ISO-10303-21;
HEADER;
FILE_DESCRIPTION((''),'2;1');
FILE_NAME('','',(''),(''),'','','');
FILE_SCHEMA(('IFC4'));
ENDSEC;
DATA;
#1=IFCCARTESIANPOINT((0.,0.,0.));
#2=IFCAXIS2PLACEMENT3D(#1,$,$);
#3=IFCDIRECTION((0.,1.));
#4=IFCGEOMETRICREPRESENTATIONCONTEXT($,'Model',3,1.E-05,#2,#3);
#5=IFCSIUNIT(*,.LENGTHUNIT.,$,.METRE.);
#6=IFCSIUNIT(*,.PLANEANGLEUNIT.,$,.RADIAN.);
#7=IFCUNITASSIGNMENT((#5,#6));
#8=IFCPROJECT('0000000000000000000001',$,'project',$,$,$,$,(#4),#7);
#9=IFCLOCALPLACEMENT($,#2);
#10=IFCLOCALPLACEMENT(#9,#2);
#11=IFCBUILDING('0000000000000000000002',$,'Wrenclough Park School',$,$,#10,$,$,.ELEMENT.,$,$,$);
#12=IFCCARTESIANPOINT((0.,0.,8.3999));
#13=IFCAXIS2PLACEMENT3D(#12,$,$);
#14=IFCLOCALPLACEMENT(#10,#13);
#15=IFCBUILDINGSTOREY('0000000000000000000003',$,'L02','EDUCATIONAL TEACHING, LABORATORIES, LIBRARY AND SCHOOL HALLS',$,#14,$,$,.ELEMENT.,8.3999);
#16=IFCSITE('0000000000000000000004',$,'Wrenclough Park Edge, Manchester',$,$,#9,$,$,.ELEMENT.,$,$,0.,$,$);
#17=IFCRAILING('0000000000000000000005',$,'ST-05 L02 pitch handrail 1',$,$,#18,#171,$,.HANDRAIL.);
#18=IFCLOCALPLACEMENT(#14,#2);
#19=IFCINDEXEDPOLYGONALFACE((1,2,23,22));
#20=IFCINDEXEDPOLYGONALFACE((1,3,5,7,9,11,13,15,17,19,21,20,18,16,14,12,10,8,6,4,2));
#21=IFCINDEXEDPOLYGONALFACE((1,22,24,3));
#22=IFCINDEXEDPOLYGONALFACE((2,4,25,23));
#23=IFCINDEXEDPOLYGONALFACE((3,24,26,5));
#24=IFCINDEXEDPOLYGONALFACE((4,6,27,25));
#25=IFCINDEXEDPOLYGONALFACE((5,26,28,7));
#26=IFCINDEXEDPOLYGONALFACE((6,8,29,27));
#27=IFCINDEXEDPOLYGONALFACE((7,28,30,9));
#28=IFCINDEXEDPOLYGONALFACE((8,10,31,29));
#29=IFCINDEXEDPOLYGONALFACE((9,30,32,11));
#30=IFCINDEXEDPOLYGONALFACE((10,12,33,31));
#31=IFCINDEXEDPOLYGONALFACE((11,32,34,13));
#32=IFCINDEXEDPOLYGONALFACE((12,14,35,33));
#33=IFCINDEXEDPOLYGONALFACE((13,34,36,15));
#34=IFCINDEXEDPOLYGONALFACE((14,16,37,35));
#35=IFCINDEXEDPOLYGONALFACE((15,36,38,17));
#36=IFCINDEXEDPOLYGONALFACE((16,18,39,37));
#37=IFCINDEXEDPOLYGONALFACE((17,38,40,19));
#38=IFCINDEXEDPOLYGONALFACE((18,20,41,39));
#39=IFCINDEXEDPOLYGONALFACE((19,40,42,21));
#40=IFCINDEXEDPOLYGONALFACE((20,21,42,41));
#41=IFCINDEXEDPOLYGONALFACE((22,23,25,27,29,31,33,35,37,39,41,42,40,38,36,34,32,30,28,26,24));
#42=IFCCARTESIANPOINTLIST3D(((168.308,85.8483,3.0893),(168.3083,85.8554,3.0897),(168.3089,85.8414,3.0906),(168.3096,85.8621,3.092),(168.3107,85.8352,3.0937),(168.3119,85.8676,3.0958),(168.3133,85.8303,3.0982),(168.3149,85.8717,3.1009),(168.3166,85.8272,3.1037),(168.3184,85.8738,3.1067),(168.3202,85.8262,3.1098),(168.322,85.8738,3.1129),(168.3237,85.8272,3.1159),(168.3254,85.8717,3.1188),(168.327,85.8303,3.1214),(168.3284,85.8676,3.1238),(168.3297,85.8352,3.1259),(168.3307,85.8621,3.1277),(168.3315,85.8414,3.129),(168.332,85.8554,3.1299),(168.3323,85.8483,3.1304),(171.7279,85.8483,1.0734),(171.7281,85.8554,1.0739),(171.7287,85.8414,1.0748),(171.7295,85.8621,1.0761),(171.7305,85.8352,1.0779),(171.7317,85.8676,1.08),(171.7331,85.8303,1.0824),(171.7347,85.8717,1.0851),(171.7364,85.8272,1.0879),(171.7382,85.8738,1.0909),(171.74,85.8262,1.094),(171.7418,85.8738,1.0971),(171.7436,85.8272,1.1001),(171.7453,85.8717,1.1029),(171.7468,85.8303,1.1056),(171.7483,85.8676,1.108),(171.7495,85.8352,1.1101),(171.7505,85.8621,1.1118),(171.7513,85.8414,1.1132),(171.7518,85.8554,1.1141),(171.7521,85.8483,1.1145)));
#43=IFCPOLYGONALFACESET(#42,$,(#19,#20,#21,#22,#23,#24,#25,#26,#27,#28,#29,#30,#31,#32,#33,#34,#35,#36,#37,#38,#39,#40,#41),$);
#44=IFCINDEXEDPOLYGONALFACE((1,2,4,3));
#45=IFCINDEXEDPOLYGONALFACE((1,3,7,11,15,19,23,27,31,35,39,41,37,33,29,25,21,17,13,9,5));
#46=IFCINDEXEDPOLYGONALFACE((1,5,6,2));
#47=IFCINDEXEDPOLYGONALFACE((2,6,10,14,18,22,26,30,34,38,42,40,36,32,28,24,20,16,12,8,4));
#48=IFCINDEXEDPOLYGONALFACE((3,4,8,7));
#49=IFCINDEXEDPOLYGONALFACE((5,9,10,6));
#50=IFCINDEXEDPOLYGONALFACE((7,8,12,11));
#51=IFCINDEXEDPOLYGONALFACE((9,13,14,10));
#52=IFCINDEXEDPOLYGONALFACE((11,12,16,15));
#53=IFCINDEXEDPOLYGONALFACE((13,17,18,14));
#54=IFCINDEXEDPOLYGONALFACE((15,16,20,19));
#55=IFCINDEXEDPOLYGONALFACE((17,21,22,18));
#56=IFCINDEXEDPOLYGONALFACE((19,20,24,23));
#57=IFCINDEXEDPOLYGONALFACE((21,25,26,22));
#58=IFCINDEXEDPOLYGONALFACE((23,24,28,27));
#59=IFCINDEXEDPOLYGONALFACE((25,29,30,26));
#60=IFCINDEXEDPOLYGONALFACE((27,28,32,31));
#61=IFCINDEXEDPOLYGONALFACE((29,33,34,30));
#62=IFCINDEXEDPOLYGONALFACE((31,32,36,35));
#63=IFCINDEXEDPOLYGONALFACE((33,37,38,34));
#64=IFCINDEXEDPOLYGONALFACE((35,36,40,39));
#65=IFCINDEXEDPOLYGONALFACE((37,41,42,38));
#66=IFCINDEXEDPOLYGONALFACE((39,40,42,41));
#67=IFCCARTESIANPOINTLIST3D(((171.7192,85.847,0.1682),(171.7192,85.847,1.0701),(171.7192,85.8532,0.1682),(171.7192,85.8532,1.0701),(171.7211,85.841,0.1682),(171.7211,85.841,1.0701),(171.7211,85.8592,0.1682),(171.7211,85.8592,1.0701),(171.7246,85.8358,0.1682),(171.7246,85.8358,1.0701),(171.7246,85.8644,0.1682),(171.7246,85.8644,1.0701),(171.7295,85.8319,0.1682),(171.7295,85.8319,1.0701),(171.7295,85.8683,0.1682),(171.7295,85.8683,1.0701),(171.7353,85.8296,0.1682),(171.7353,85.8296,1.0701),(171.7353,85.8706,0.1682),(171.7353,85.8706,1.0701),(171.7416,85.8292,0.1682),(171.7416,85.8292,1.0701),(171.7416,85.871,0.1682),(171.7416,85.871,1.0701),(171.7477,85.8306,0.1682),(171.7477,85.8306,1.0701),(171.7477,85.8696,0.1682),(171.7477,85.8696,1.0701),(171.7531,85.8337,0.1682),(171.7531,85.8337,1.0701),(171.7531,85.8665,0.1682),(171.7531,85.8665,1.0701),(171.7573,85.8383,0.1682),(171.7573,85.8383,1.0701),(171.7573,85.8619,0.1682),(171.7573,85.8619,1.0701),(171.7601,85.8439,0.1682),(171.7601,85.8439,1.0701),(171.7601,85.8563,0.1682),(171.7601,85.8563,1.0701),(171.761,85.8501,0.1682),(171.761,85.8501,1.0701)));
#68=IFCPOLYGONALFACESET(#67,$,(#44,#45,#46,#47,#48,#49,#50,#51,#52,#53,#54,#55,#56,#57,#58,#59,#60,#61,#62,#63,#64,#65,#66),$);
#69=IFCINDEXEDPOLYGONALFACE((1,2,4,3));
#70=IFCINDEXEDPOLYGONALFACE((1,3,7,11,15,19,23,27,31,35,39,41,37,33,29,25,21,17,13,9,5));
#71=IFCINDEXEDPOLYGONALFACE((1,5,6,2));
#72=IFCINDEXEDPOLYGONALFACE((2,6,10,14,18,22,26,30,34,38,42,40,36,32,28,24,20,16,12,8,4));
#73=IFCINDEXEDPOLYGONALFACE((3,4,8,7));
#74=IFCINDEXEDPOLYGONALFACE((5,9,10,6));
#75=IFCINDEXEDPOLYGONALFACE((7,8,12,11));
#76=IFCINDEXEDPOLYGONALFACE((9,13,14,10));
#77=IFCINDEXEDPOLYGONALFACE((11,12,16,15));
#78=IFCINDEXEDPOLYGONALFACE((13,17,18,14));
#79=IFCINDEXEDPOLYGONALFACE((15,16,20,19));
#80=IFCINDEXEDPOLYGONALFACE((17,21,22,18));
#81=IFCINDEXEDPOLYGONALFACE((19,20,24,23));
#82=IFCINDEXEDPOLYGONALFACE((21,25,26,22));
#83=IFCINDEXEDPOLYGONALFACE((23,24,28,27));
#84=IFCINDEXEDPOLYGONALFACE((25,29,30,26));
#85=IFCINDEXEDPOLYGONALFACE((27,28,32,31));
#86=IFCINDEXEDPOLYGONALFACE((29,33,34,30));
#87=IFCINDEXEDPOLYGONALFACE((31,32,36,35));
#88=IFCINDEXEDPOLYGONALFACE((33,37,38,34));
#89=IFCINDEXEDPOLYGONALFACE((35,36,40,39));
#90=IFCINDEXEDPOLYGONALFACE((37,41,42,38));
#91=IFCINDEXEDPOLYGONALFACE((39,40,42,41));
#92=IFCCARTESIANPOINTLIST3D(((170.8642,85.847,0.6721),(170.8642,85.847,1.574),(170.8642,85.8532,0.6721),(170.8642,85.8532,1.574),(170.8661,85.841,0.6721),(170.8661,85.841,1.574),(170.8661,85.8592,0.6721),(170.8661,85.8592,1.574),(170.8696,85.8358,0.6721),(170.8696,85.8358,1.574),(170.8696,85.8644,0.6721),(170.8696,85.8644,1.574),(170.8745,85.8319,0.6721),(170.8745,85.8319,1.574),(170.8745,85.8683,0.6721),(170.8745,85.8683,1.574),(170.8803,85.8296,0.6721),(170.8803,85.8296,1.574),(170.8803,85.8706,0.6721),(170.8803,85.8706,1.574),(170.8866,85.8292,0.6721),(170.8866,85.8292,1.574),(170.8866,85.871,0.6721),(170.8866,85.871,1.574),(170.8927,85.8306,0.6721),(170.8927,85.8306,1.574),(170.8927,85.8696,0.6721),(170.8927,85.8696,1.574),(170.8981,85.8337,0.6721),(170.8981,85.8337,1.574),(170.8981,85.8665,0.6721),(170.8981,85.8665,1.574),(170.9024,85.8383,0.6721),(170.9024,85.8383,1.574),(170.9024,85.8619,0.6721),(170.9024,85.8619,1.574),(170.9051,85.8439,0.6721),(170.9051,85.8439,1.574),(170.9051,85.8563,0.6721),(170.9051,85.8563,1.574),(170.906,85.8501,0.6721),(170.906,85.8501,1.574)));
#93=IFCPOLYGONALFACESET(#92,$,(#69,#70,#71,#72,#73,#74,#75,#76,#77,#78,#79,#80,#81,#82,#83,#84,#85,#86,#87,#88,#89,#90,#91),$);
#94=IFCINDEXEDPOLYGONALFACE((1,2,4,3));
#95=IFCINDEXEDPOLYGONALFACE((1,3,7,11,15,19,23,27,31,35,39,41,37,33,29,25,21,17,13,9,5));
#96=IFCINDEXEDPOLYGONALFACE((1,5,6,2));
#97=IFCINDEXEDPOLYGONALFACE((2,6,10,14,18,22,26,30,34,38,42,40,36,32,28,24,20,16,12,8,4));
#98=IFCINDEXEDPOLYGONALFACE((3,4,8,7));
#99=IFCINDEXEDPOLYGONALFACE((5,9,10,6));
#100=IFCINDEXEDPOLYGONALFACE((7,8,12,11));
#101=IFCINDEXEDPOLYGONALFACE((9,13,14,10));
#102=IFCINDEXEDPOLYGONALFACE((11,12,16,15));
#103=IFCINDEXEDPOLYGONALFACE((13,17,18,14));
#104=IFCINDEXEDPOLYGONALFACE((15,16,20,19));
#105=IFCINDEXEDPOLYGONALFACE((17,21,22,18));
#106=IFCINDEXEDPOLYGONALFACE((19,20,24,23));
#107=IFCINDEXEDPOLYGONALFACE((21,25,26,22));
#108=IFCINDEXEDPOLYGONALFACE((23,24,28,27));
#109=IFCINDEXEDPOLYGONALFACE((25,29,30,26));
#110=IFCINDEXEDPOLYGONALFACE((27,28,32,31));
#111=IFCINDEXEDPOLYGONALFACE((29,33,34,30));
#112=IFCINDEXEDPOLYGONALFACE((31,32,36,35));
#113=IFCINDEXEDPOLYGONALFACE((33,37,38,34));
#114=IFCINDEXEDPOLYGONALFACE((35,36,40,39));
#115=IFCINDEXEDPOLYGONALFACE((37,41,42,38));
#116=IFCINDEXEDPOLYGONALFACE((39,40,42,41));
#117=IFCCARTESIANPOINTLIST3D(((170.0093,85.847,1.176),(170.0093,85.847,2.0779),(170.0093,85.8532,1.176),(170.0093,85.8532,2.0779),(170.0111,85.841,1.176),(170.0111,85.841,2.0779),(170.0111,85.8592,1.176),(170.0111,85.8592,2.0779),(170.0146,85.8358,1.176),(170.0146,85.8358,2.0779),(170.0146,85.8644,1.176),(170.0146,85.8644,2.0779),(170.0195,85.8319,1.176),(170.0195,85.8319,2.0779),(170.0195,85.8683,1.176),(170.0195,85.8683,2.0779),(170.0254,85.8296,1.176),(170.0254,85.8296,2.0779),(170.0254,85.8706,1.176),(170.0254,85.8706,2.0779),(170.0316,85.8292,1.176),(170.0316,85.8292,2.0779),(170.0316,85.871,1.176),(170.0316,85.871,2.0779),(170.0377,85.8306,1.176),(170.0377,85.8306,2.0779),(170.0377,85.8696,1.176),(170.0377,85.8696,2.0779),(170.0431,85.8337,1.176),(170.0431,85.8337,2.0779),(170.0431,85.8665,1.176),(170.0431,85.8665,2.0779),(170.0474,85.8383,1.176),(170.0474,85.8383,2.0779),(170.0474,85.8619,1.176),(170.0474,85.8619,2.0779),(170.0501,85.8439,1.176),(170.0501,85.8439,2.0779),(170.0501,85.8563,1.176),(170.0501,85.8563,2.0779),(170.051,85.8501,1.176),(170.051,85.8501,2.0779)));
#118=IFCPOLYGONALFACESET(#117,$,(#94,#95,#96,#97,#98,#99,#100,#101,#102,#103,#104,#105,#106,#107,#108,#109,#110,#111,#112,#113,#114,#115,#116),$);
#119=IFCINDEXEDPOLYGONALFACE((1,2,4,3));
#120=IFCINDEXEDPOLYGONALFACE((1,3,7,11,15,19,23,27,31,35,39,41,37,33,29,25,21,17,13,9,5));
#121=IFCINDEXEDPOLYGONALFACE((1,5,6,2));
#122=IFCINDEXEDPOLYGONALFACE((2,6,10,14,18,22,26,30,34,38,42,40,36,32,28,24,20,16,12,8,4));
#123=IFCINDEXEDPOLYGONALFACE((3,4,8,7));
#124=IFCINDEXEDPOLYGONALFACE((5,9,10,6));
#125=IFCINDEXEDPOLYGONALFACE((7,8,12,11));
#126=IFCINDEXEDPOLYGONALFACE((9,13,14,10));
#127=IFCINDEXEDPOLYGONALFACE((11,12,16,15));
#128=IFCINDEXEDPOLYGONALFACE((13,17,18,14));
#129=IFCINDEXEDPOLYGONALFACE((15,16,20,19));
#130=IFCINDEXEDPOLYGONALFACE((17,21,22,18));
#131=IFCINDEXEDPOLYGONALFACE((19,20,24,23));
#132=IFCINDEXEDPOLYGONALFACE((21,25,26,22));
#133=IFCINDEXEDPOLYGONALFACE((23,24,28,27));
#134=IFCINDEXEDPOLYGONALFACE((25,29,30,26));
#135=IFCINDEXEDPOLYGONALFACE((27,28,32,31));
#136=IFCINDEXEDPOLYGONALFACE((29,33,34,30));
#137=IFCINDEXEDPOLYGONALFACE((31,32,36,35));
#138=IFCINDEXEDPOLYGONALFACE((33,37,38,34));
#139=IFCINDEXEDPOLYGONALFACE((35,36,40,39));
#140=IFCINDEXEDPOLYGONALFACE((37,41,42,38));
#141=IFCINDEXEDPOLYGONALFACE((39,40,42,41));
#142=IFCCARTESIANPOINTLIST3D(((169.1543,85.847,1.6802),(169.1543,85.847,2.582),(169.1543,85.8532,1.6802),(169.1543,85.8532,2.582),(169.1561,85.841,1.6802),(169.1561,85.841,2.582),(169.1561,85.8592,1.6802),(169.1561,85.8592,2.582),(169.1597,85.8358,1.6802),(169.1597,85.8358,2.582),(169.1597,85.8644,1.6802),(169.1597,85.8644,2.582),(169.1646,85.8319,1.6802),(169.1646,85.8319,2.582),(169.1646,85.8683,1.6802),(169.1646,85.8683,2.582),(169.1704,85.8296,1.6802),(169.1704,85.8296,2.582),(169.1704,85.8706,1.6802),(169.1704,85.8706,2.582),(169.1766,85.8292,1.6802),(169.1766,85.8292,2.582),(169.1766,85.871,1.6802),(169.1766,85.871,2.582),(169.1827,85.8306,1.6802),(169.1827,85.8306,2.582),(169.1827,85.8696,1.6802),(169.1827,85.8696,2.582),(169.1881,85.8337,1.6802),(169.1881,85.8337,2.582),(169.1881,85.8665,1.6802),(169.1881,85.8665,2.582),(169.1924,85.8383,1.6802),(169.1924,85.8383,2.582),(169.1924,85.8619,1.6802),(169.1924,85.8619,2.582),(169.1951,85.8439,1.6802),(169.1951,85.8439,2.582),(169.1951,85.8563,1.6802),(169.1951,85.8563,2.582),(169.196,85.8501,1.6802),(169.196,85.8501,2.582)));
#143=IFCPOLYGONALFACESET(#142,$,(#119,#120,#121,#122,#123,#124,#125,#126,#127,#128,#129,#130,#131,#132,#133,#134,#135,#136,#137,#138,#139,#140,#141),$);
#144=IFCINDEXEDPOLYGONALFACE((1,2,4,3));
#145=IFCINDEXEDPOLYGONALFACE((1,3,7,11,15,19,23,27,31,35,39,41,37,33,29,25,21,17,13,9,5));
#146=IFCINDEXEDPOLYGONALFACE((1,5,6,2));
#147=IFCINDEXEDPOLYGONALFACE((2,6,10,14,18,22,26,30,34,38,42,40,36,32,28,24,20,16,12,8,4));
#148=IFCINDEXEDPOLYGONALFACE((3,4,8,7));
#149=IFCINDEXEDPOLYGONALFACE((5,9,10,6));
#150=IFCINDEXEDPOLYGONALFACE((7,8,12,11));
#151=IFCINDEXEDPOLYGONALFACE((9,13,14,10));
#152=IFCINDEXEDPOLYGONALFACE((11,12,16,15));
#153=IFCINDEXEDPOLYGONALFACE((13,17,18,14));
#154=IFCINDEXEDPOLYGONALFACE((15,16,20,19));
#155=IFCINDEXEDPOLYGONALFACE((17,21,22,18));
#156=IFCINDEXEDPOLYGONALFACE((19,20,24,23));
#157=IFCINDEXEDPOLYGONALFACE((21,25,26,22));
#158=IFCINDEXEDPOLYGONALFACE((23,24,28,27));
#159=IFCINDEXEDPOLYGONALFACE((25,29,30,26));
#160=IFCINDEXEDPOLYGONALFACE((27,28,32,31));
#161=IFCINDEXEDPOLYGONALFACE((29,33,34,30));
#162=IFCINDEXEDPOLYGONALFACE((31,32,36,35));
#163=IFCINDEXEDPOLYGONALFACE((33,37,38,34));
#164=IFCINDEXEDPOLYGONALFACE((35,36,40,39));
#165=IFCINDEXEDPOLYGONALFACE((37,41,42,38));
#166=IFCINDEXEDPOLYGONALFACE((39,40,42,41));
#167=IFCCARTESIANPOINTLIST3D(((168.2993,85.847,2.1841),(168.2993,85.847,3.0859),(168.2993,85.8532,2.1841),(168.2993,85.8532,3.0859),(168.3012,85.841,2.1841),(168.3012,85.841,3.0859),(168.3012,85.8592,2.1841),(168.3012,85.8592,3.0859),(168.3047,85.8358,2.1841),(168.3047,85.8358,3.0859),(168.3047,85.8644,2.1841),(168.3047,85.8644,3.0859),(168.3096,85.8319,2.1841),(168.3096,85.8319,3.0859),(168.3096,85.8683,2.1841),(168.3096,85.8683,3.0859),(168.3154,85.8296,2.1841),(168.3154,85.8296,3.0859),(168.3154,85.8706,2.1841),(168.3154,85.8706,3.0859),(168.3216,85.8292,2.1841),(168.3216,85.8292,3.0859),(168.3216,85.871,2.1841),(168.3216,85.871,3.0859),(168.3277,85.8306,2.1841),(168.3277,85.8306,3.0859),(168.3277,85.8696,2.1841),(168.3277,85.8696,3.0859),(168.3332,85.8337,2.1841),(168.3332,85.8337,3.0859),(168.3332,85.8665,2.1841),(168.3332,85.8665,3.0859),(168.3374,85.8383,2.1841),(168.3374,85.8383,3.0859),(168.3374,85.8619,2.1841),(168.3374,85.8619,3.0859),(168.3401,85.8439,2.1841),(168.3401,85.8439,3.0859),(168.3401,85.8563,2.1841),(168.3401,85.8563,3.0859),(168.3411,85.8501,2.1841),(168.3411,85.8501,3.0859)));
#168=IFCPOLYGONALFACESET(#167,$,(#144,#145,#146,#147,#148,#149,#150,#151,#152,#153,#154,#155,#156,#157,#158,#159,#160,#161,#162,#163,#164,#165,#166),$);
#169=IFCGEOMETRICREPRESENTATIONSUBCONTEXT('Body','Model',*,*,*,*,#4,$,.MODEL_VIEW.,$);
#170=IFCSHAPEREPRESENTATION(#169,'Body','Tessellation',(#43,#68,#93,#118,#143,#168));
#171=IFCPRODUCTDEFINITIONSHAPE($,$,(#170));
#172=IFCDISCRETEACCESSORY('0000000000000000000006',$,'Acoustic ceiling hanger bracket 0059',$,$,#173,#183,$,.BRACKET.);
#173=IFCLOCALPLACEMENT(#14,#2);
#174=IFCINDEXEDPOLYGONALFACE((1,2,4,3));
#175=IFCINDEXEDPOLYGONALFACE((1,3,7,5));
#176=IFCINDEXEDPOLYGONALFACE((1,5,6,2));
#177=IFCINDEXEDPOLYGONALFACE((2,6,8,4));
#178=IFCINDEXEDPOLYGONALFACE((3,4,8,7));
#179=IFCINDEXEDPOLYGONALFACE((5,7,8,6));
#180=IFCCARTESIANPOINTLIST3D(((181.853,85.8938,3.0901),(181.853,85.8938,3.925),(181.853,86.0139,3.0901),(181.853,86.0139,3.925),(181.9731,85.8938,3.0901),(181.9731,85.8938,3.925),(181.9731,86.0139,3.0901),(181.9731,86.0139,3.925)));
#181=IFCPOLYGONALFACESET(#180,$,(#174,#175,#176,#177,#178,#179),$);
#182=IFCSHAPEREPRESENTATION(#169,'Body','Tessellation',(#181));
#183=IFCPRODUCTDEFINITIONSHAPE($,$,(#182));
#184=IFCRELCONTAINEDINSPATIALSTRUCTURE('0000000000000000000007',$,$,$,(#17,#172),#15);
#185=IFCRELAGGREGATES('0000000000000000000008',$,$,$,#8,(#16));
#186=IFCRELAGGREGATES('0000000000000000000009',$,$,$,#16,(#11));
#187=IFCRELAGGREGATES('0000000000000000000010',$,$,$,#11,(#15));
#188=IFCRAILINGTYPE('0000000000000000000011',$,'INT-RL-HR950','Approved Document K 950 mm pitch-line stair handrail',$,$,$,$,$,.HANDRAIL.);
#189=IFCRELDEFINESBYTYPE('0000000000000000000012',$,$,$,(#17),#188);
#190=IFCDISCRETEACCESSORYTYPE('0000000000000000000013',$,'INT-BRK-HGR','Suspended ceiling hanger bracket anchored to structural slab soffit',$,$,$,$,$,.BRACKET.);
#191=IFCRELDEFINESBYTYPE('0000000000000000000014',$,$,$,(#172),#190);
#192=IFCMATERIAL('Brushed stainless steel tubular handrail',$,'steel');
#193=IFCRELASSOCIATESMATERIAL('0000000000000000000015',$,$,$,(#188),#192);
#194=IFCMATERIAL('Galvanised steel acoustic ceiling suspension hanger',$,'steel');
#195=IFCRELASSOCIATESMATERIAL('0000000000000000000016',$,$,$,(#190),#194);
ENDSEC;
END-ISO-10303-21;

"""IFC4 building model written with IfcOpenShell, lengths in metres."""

from ifc_helpers import new_model, si_unit, direction, frame, origin, origin_2d, place, context, subcontext, project, spatial, rectangle, circle, extrude, material, type_object, element, save


model = new_model("IFC4")

# Units and contexts
model_context = context("Model", 3, precision=1e-05, world=origin(), true_north=direction((0.0, 1.0)))
body_context = subcontext(model_context, "Body", "Model", "MODEL_VIEW")
ifc_project = project(units=[si_unit("LENGTHUNIT", "METRE"), si_unit("PLANEANGLEUNIT", "RADIAN")], contexts=[model_context])

# Site, building, storey
site_placement = place(None, origin())
site = spatial("IfcSite", under=ifc_project, at=site_placement, Name="Wrenclough Park Edge, Manchester", CompositionType="ELEMENT", RefElevation=0.0)
building_placement = place(site_placement, origin())
building = spatial("IfcBuilding", under=site, at=building_placement, Name="Wrenclough Park School", CompositionType="ELEMENT")
storey_placement = place(building_placement, frame((0.0, 0.0, 8.3999)))
storey = spatial("IfcBuildingStorey", under=building, at=storey_placement, Name="L02", Description="EDUCATIONAL TEACHING, LABORATORIES, LIBRARY AND SCHOOL HALLS", CompositionType="ELEMENT", Elevation=8.3999)

# Railing
ifc_material_1 = material(Name="Brushed stainless steel tubular handrail", Category="steel")
railing_type_1 = type_object("IfcRailingType", Name="INT-RL-HR950", Description="Approved Document K 950 mm pitch-line stair handrail", PredefinedType="HANDRAIL", material=ifc_material_1)
railing_1_placement = place(storey_placement, frame((171.74, 85.8501, 0.1682)))
element("IfcRailing", 1, at=railing_1_placement, inside=storey, type_object=railing_type_1, Name="ST-05 L02 pitch handrail 1", PredefinedType="HANDRAIL", context=body_context, shape_type="SweptSolid", body=[
    extrude(circle(Radius=0.0239, at=origin_2d()), frame((0.0, 0.0, 0.9258), z_axis=(-0.861477, 0.0, 0.507797), x_axis=(0.0, -1.0, 0.0)), (0.0, 0.0, 1.0), 3.9697),
    extrude(circle(Radius=0.021, at=origin_2d()), origin(), (0.0, 0.0, 1.0), 0.9019),
    extrude(circle(Radius=0.021, at=origin_2d()), frame((-0.855, 0.0, 0.5039)), (0.0, 0.0, 1.0), 0.9019),
    extrude(circle(Radius=0.021, at=origin_2d()), frame((-1.71, 0.0, 1.0078)), (0.0, 0.0, 1.0), 0.9019),
    extrude(circle(Radius=0.021, at=origin_2d()), frame((-2.5649, 0.0, 1.512)), (0.0, 0.0, 1.0), 0.9019),
    extrude(circle(Radius=0.021, at=origin_2d()), frame((-3.4199, 0.0, 2.0159)), (0.0, 0.0, 1.0), 0.9019),
])

# Discrete accessory
ifc_material_2 = material(Name="Galvanised steel acoustic ceiling suspension hanger", Category="steel")
discrete_accessory_type = type_object("IfcDiscreteAccessoryType", Name="INT-BRK-HGR", Description="Suspended ceiling hanger bracket anchored to structural slab soffit", PredefinedType="BRACKET", material=ifc_material_2)
discrete_accessory_placement = place(storey_placement, frame((181.9131, 85.9539, 3.0901), z_axis=(0.0, 0.0, 1.0), x_axis=(1.0, 0.0, 0.0)))
element("IfcDiscreteAccessory", 2, at=discrete_accessory_placement, inside=storey, type_object=discrete_accessory_type, Name="Acoustic ceiling hanger bracket 0059", PredefinedType="BRACKET", context=body_context, shape_type="SweptSolid", body=[
    extrude(rectangle(XDim=0.1201, YDim=0.1201, at=origin_2d()), origin(), (0.0, 0.0, 1.0), 0.835),
])

save(model, "model.ifc")
